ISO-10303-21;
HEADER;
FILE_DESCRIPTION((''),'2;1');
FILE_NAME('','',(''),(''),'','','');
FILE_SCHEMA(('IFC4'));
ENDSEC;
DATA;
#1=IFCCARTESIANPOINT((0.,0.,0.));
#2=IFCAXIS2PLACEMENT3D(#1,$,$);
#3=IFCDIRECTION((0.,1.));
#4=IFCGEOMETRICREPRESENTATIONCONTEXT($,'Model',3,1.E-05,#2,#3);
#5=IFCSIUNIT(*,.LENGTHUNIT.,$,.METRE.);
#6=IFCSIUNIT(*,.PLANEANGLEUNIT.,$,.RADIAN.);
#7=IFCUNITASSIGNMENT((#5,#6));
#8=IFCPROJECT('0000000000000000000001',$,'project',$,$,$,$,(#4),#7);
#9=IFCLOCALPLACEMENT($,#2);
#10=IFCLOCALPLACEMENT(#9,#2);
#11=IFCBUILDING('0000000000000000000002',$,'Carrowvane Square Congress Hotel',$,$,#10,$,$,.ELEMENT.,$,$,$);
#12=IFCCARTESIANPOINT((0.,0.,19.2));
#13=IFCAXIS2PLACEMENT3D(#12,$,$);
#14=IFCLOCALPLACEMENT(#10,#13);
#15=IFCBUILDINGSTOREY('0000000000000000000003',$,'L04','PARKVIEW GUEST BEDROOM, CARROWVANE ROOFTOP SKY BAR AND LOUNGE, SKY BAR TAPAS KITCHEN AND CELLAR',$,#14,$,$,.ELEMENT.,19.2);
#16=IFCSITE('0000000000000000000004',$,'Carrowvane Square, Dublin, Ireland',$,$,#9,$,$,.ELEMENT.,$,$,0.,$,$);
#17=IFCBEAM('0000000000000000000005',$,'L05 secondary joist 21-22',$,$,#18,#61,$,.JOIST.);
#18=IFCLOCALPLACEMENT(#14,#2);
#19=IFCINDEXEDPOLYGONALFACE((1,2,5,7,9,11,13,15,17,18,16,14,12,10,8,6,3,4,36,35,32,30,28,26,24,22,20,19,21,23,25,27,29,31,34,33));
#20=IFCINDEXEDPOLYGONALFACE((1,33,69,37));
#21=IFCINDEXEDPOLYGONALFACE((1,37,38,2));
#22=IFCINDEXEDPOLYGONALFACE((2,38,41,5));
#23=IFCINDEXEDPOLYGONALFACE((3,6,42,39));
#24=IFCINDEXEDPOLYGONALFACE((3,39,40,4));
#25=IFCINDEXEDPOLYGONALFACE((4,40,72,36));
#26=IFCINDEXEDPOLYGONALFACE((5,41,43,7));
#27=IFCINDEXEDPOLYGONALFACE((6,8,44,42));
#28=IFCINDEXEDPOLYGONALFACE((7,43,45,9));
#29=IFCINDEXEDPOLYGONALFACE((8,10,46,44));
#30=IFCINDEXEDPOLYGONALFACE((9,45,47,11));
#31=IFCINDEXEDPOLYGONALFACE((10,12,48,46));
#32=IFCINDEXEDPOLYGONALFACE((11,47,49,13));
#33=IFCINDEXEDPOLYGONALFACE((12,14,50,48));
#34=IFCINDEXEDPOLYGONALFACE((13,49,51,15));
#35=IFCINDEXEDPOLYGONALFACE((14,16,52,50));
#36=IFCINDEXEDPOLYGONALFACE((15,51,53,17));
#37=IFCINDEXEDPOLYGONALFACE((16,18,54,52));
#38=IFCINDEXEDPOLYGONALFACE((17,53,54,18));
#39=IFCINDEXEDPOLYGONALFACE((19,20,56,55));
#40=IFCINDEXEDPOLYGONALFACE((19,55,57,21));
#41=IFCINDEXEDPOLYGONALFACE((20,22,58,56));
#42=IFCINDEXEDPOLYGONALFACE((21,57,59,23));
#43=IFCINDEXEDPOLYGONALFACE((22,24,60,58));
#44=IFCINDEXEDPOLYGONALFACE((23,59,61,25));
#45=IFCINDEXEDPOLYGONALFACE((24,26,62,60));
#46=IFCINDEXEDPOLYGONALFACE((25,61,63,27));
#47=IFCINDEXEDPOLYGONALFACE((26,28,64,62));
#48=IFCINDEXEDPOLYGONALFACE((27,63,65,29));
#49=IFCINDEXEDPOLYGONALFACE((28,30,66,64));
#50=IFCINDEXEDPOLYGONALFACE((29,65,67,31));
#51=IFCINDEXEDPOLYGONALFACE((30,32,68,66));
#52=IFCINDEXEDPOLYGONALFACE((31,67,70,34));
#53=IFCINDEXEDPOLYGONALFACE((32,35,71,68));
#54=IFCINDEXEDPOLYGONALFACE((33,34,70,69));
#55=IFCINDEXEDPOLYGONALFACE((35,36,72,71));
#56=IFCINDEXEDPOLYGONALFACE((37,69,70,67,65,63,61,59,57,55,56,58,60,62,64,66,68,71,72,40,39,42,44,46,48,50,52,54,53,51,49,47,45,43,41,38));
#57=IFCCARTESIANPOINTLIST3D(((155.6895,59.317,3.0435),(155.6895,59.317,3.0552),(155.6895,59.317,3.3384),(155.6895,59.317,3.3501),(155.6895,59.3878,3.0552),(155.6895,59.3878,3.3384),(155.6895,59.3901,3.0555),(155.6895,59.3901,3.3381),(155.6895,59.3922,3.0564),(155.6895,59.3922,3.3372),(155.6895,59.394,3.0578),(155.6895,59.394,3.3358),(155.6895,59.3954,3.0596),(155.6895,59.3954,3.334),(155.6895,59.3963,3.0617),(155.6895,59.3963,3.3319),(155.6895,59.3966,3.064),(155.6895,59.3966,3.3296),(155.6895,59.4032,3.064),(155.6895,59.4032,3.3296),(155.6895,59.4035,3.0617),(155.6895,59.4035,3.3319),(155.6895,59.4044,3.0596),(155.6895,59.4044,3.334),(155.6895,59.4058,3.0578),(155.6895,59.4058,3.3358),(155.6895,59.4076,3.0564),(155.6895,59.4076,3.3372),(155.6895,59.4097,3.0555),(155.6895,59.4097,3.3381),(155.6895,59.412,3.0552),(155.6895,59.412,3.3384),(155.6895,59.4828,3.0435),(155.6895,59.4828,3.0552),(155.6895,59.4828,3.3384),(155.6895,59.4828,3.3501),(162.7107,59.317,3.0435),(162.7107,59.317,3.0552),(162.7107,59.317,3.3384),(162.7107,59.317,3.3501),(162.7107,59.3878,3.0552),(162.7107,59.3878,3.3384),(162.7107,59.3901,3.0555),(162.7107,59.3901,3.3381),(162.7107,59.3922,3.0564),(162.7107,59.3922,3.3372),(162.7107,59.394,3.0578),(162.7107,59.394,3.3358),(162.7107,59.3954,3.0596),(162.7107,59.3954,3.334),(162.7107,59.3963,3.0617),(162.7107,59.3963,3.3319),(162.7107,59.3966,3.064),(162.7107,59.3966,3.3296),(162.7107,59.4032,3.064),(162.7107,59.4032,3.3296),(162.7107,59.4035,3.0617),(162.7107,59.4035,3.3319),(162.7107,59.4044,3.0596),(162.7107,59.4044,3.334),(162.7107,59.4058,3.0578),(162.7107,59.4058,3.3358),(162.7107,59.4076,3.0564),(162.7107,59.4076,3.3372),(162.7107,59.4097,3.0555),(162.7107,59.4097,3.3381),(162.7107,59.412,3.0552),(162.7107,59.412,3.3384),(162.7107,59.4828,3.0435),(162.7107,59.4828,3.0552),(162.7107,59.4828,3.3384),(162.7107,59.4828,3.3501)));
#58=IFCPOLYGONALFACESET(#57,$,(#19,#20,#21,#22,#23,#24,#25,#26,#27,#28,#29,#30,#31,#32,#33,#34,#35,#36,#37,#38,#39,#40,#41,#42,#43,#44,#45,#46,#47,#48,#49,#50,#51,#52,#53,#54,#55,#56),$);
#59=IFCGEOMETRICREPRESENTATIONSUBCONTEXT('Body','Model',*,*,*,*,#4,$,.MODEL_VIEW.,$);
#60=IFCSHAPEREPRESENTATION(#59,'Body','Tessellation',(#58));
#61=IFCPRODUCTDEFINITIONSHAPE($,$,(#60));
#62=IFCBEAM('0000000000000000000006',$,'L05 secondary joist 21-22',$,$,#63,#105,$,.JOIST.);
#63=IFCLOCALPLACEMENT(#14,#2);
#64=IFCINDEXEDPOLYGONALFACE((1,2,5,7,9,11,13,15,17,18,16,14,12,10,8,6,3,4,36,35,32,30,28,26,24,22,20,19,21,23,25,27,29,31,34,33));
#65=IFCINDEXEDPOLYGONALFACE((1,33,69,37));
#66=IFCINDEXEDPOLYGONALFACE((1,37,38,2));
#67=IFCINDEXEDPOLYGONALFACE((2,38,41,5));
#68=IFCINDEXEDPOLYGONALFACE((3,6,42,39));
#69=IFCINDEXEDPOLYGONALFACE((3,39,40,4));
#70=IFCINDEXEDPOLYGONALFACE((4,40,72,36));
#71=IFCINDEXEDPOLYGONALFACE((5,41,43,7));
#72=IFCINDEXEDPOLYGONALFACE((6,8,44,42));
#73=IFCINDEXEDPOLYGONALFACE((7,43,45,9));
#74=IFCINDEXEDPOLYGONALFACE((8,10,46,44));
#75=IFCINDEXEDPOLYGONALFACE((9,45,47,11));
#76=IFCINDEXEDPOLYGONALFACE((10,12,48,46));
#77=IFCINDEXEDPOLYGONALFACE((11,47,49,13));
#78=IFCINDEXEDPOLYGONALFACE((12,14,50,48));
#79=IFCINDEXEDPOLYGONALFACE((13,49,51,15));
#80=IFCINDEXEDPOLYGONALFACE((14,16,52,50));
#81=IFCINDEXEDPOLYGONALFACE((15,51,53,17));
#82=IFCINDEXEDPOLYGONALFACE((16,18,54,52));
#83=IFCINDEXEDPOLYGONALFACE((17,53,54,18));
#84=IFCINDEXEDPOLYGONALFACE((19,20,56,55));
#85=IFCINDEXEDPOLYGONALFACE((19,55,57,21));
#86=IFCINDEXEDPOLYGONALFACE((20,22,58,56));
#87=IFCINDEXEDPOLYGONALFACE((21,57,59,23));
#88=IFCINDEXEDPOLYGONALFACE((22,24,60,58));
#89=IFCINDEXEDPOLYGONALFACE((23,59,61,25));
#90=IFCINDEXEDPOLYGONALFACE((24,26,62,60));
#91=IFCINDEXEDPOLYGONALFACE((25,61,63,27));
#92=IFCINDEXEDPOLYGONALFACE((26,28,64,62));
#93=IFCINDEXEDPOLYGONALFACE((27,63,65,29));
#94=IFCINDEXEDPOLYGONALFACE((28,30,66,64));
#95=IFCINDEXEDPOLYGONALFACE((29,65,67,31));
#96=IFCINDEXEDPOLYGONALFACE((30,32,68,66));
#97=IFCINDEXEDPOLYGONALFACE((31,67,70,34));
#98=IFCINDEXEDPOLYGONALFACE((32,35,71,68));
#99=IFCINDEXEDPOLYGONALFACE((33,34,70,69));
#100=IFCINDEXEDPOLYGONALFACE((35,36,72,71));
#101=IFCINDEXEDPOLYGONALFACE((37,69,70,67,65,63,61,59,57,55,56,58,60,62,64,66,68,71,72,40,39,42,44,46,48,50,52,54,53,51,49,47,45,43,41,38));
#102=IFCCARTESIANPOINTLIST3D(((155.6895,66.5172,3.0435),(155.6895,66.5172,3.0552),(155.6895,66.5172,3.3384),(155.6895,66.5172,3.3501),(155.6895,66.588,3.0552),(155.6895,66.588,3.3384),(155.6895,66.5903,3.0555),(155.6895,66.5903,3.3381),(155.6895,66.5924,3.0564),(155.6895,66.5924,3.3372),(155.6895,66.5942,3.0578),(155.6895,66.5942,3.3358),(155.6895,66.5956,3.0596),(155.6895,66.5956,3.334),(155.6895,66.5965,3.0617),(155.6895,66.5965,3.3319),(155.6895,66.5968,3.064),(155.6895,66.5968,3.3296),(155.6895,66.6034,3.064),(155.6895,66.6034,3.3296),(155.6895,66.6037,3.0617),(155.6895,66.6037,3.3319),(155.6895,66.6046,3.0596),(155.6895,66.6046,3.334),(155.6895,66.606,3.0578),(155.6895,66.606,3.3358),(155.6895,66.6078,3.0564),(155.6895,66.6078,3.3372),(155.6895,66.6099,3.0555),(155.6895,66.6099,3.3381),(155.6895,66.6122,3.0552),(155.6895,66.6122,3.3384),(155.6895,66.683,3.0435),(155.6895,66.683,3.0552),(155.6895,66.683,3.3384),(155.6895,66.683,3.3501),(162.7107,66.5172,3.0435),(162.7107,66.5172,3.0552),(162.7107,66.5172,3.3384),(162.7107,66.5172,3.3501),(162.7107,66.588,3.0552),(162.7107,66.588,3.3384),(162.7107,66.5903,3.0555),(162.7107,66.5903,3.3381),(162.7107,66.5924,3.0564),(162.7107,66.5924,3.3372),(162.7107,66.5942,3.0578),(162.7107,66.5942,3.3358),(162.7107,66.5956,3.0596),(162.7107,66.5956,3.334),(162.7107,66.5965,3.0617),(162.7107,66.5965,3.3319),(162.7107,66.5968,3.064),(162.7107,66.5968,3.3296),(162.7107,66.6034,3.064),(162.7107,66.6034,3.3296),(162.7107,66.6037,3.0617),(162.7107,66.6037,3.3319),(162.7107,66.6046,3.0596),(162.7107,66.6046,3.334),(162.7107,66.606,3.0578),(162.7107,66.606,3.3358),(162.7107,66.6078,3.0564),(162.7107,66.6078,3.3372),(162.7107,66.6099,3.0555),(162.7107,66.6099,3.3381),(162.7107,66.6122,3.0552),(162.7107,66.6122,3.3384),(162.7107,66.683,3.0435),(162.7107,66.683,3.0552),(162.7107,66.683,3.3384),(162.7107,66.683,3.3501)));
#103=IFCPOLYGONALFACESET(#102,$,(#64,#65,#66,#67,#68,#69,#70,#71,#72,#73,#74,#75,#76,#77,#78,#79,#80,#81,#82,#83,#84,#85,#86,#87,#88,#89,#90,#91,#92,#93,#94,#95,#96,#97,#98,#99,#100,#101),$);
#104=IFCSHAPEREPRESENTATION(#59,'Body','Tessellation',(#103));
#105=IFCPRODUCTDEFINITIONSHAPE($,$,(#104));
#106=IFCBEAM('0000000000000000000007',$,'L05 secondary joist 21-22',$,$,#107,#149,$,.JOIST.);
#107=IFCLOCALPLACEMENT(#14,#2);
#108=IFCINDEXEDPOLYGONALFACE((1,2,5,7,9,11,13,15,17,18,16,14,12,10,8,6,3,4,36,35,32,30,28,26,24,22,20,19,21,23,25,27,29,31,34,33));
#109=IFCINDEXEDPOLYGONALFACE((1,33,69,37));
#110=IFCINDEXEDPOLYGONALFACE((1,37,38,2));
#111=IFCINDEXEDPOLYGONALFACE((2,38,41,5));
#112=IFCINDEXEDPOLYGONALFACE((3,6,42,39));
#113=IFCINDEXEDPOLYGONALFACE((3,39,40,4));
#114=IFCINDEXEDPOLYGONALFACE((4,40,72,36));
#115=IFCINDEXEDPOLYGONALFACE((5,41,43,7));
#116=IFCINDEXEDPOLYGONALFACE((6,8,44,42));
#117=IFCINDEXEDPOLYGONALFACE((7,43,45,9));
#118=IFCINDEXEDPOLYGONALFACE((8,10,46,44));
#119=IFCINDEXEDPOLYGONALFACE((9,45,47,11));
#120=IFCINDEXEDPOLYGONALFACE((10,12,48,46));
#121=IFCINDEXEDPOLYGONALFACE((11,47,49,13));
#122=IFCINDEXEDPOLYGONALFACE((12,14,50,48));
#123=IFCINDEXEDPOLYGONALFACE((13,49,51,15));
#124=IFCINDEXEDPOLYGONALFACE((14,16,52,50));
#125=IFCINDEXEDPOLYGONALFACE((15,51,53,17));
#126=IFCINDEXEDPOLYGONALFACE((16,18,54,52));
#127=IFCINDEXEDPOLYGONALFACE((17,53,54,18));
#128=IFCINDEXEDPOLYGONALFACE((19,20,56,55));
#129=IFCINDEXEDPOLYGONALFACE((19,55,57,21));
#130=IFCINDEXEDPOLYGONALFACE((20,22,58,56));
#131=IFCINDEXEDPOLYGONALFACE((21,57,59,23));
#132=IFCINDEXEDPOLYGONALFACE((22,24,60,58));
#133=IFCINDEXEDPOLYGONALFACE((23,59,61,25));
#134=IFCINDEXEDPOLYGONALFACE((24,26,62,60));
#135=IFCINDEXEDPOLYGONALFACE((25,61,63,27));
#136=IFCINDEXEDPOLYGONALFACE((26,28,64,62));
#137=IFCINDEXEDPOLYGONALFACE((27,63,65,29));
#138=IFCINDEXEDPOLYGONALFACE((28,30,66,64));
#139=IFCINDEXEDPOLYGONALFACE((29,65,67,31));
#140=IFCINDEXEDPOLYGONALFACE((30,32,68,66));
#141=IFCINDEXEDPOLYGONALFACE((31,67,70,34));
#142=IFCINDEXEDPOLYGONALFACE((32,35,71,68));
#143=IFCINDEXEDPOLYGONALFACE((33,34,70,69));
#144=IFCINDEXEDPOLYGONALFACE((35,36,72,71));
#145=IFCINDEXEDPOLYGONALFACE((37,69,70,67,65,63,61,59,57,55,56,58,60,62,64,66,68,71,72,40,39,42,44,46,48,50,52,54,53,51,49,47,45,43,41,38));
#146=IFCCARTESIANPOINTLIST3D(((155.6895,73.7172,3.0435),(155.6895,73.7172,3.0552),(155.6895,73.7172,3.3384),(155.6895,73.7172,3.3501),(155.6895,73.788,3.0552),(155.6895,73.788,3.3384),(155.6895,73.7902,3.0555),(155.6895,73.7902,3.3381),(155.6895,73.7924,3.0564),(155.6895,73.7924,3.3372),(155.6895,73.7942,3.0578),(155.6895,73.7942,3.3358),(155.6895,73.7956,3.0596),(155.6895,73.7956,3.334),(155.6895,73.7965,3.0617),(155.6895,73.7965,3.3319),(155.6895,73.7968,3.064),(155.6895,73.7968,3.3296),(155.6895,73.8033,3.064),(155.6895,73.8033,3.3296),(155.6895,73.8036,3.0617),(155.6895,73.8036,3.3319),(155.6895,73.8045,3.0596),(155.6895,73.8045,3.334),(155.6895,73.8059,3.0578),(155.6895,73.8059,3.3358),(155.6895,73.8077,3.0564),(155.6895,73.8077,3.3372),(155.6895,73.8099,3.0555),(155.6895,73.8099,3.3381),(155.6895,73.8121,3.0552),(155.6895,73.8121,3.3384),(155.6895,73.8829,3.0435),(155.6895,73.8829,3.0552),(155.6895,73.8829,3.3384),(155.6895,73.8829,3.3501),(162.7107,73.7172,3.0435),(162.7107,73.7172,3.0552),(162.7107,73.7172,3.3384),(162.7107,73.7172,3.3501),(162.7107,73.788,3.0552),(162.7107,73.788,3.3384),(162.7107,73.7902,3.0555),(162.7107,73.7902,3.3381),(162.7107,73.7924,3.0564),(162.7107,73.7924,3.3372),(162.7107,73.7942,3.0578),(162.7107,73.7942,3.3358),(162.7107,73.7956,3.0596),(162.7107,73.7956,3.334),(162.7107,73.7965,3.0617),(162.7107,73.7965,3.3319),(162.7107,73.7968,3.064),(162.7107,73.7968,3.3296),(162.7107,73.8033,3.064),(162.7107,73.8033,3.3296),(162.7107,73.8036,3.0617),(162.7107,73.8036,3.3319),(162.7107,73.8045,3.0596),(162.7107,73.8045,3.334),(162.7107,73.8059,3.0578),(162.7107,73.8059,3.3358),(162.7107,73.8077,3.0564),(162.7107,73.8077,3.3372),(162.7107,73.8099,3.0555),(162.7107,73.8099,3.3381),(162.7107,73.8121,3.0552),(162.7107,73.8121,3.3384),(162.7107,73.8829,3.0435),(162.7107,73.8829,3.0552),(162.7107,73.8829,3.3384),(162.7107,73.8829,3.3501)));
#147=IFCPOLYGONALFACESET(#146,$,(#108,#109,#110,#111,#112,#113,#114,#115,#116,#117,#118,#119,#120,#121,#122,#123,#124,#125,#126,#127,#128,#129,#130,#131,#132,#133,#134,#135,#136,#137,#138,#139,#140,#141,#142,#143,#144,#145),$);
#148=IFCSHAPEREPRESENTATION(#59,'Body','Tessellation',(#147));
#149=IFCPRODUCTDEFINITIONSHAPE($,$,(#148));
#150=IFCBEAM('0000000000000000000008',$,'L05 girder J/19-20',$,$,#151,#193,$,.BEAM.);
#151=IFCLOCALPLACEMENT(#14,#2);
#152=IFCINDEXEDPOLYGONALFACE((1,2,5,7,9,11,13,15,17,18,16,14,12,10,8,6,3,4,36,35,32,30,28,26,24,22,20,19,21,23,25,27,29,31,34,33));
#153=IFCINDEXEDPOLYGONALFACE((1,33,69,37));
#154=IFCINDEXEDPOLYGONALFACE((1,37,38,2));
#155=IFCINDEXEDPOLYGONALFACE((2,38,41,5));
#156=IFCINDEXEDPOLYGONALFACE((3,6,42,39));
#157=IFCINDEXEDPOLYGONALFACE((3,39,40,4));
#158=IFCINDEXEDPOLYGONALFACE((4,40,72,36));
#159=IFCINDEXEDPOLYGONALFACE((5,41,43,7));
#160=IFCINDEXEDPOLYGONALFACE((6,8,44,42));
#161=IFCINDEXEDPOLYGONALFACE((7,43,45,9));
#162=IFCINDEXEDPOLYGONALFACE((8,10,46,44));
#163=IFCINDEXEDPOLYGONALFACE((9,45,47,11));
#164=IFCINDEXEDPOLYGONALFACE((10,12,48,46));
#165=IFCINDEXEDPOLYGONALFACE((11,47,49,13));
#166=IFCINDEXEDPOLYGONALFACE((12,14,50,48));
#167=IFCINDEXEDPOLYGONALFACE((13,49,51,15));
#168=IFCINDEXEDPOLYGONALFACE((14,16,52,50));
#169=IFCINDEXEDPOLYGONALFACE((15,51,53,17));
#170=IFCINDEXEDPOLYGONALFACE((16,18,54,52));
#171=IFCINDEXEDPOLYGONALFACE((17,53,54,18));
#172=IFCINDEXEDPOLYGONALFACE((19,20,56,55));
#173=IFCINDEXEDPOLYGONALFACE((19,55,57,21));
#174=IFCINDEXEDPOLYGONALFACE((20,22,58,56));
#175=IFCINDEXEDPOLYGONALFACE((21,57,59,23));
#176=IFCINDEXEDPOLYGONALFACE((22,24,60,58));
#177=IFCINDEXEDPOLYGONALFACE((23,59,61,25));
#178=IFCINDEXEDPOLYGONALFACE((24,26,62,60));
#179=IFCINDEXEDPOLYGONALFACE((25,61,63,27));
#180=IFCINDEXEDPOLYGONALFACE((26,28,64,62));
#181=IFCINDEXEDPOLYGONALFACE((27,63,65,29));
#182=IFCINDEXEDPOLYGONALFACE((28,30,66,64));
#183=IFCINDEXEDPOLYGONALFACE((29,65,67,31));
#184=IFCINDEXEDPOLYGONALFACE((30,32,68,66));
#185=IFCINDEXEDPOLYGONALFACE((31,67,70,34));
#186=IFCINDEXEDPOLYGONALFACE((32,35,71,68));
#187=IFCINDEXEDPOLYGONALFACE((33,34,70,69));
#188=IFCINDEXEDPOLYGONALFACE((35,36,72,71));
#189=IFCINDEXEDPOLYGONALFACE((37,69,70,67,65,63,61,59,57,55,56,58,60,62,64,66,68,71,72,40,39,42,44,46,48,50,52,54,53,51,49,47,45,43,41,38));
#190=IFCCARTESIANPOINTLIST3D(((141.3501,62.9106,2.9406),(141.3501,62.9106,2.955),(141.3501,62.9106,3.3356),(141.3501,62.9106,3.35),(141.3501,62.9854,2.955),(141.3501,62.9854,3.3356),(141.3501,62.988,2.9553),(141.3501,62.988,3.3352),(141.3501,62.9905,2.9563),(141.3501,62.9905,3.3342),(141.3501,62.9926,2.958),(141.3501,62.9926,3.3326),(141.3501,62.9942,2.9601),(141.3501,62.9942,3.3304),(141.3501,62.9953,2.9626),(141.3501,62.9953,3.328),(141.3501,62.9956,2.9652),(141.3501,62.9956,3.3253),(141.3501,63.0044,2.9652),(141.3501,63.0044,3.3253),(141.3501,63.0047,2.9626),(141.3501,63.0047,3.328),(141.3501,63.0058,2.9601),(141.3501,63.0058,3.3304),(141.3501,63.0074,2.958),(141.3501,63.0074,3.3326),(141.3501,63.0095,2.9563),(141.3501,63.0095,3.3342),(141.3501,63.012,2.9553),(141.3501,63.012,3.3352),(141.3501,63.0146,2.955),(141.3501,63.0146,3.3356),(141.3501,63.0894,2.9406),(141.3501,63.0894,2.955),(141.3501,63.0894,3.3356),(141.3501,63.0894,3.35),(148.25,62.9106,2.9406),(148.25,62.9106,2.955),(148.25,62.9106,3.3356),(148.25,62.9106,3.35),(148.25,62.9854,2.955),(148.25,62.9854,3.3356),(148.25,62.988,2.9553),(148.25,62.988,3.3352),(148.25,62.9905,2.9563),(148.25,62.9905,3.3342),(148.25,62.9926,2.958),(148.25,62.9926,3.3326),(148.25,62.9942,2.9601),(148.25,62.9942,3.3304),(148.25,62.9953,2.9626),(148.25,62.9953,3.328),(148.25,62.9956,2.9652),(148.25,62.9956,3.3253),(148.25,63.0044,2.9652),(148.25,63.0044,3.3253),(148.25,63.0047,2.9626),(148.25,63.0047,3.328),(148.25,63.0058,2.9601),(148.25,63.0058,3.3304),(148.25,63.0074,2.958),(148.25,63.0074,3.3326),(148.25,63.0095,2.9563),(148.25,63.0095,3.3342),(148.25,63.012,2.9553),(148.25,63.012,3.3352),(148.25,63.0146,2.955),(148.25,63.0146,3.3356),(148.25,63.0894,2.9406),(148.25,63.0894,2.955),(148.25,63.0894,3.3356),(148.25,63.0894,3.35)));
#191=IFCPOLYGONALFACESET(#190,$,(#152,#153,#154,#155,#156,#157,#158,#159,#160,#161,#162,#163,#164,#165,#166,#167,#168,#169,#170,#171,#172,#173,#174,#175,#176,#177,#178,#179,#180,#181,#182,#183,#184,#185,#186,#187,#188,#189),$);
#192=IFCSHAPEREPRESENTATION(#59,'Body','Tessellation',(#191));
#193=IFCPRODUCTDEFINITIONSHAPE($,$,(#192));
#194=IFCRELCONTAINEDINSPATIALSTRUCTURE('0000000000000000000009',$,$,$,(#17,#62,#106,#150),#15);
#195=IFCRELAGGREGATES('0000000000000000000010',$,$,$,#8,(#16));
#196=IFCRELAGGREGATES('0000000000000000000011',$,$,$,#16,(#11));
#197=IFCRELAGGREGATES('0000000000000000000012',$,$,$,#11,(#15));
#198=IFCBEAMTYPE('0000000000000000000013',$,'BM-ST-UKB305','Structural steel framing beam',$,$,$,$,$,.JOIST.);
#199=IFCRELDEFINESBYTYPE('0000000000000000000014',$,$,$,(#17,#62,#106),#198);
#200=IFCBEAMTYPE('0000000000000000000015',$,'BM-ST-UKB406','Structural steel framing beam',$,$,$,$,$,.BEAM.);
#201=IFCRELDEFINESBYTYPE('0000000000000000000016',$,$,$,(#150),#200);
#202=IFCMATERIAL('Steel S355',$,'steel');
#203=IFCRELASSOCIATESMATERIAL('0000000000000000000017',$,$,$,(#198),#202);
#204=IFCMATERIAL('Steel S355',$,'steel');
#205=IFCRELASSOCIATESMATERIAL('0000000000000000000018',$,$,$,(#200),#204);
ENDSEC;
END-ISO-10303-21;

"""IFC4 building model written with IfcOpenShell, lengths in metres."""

from ifc_helpers import new_model, si_unit, direction, frame, origin, origin_2d, place, context, subcontext, project, spatial, i_section, extrude, material, material_profile, profile_set, type_object, element, save


model = new_model("IFC4")

# Units and contexts
model_context = context("Model", 3, precision=1e-05, world=origin(), true_north=direction((0.0, 1.0)))
body_context = subcontext(model_context, "Body", "Model", "MODEL_VIEW")
ifc_project = project(units=[si_unit("LENGTHUNIT", "METRE"), si_unit("PLANEANGLEUNIT", "RADIAN")], contexts=[model_context])

# Site, building, storey
site_placement = place(None, origin())
site = spatial("IfcSite", under=ifc_project, at=site_placement, Name="Carrowvane Square, Dublin, Ireland", CompositionType="ELEMENT", RefElevation=0.0)
building_placement = place(site_placement, origin())
building = spatial("IfcBuilding", under=site, at=building_placement, Name="Carrowvane Square Congress Hotel", CompositionType="ELEMENT")
storey_placement = place(building_placement, frame((0.0, 0.0, 19.2)))
storey = spatial("IfcBuildingStorey", under=building, at=storey_placement, Name="L04", Description="PARKVIEW GUEST BEDROOM, CARROWVANE ROOFTOP SKY BAR AND LOUNGE, SKY BAR TAPAS KITCHEN AND CELLAR", CompositionType="ELEMENT", Elevation=19.2)

# Beams
ifc_material_1 = material(Name="Steel S355", Category="steel")
ifc_material_profile_1 = material_profile(ifc_material_1, i_section(OverallWidth=0.1658, OverallDepth=0.3066, WebThickness=0.0066, FlangeThickness=0.0117, FilletRadius=0.0088, at=origin_2d()), Name="UKB 305x165x46")
ifc_profile_set_1 = profile_set([ifc_material_profile_1], Name="Steel S355")
beam_type_1 = type_object("IfcBeamType", Name="BM-ST-UKB305", Description="Structural steel framing beam", PredefinedType="JOIST", material=ifc_profile_set_1)
for number, where, z_axis, x_axis, name in (
    (1, (155.6895, 59.3999, 3.1968), (1.0, 0.0, 0.0), (0.0, 1.0, 0.0), "L05 secondary joist 21-22"),
    (2, (155.6895, 66.6001, 3.1968), (1.0, 0.0, 0.0), (0.0, 1.0, 0.0), "L05 secondary joist 21-22"),
    (3, (155.6895, 73.8, 3.1968), (1.0, 0.0, 0.0), (0.0, 1.0, 0.0), "L05 secondary joist 21-22"),
):
    element("IfcBeam", number, at=place(storey_placement, frame(where, z_axis=z_axis, x_axis=x_axis)), inside=storey, type_object=beam_type_1, Name=name, PredefinedType="JOIST", context=body_context, shape_type="SweptSolid", body=[
        extrude(i_section(OverallWidth=0.1658, OverallDepth=0.3066, WebThickness=0.0066, FlangeThickness=0.0117, FilletRadius=0.0088, at=origin_2d()), origin(), (0.0, 0.0, 1.0), 7.0212),
    ])
ifc_material_2 = material(Name="Steel S355", Category="steel")
ifc_material_profile_2 = material_profile(ifc_material_2, i_section(OverallWidth=0.1787, OverallDepth=0.4094, WebThickness=0.0088, FlangeThickness=0.0144, FilletRadius=0.0103, at=origin_2d()), Name="UKB 406x178x67")
ifc_profile_set_2 = profile_set([ifc_material_profile_2], Name="Steel S355")
beam_type_2 = type_object("IfcBeamType", Name="BM-ST-UKB406", Description="Structural steel framing beam", PredefinedType="BEAM", material=ifc_profile_set_2)
for number, where, z_axis, x_axis, name in (
    (4, (141.3501, 63.0, 3.1453), (1.0, 0.0, 0.0), (0.0, 1.0, 0.0), "L05 girder J/19-20"),
):
    element("IfcBeam", number, at=place(storey_placement, frame(where, z_axis=z_axis, x_axis=x_axis)), inside=storey, type_object=beam_type_2, Name=name, PredefinedType="BEAM", context=body_context, shape_type="SweptSolid", body=[
        extrude(i_section(OverallWidth=0.1787, OverallDepth=0.4094, WebThickness=0.0088, FlangeThickness=0.0144, FilletRadius=0.0103, at=origin_2d()), origin(), (0.0, 0.0, 1.0), 6.8999),
    ])

save(model, "model.ifc")
